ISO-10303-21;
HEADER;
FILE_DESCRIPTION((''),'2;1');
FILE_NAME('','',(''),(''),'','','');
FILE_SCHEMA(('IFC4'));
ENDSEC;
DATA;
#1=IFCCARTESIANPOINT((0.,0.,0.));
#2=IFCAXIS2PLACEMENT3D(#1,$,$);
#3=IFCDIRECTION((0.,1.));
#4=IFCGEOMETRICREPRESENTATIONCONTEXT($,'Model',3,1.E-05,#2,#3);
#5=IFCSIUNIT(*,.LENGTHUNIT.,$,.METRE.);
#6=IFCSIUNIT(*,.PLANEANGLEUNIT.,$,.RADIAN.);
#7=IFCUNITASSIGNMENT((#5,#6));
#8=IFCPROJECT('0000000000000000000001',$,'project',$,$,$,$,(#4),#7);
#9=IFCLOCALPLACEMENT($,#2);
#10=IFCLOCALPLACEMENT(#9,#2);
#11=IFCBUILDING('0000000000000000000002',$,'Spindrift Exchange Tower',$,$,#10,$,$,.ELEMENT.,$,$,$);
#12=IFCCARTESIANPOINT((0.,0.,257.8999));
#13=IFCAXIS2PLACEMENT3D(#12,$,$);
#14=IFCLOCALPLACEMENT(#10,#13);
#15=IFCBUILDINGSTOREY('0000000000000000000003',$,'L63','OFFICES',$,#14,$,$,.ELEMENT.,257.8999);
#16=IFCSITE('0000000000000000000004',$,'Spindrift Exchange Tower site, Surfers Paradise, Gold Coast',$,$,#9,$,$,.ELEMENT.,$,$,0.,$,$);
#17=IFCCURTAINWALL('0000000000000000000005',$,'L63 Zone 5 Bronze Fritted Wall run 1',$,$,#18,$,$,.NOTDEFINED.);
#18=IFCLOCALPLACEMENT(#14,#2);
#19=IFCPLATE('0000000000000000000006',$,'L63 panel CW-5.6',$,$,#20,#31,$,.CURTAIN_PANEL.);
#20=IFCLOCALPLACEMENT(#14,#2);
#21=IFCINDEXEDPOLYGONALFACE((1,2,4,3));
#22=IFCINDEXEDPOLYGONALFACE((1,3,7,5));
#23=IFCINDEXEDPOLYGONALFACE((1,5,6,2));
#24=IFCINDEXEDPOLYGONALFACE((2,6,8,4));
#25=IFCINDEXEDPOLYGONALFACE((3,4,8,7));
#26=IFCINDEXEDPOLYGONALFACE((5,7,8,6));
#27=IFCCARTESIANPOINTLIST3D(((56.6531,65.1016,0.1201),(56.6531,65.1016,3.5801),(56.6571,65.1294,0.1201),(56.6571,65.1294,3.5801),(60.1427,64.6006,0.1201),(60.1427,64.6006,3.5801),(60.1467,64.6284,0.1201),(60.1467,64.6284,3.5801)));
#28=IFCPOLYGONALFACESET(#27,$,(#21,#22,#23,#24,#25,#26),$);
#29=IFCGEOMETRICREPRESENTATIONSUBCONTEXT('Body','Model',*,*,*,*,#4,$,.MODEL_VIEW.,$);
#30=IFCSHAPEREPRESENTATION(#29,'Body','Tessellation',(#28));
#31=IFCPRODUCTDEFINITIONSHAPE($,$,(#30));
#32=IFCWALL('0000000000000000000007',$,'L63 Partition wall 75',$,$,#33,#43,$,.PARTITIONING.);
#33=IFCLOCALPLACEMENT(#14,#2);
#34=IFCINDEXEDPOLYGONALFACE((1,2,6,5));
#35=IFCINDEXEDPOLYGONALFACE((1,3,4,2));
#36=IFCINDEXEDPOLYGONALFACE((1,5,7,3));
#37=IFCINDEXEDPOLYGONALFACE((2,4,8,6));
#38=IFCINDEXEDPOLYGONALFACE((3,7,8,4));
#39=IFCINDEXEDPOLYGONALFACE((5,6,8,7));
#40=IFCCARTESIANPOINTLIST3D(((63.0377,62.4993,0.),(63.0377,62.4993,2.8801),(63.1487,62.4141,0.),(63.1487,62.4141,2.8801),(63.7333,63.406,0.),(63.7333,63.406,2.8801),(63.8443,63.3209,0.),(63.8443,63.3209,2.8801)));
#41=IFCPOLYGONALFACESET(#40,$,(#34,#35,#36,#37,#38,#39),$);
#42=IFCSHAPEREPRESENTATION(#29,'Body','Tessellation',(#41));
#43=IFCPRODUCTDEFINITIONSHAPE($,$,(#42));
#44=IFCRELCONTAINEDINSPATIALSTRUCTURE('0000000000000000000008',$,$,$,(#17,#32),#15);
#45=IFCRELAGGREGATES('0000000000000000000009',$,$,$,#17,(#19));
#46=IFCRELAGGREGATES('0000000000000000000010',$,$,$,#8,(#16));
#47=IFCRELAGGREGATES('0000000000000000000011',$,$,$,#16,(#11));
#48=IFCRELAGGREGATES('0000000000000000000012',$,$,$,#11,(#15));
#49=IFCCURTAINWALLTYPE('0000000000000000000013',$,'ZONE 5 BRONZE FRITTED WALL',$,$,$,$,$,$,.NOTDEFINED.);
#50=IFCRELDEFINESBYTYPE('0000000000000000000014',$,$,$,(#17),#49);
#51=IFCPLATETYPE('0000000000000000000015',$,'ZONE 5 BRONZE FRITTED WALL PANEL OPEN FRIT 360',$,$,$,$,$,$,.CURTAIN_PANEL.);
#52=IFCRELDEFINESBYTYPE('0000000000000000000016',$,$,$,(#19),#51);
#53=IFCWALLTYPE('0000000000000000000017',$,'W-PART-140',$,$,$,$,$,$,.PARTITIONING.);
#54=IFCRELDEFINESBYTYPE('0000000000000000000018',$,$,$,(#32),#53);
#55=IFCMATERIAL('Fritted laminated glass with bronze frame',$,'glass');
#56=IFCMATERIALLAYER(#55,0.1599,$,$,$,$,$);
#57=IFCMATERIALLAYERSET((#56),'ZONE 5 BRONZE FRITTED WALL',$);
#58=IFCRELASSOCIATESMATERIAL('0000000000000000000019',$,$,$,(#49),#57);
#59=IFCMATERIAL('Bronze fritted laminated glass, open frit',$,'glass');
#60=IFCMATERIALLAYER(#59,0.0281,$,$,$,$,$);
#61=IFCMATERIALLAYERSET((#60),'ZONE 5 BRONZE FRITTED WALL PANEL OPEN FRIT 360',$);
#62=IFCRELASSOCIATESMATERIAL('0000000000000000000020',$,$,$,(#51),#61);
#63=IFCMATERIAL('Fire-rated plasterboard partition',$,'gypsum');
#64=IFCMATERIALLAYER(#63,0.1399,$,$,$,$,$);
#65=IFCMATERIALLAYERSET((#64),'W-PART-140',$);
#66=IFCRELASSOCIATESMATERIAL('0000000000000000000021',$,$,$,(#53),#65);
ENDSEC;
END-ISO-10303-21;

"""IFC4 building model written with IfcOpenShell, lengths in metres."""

from ifc_helpers import new_model, si_unit, direction, frame, frame_2d, origin, origin_2d, place, context, subcontext, project, spatial, rectangle, extrude, source, transform, mapped, material, layer, layer_set, type_object, element, aggregate, save


model = new_model("IFC4")

# Units and contexts
model_context = context("Model", 3, precision=1e-05, world=origin(), true_north=direction((0.0, 1.0)))
body_context = subcontext(model_context, "Body", "Model", "MODEL_VIEW")
ifc_project = project(units=[si_unit("LENGTHUNIT", "METRE"), si_unit("PLANEANGLEUNIT", "RADIAN")], contexts=[model_context])

# Site, building, storey
site_placement = place(None, origin())
site = spatial("IfcSite", under=ifc_project, at=site_placement, Name="Spindrift Exchange Tower site, Surfers Paradise, Gold Coast", CompositionType="ELEMENT", RefElevation=0.0)
building_placement = place(site_placement, origin())
building = spatial("IfcBuilding", under=site, at=building_placement, Name="Spindrift Exchange Tower", CompositionType="ELEMENT")
storey_placement = place(building_placement, frame((0.0, 0.0, 257.8999)))
storey = spatial("IfcBuildingStorey", under=building, at=storey_placement, Name="L63", Description="OFFICES", CompositionType="ELEMENT", Elevation=257.8999)

# Curtain wall
ifc_material_1 = material(Name="Fritted laminated glass with bronze frame", Category="glass")
ifc_layer_1 = layer(ifc_material_1, 0.1599)
ifc_layer_set_1 = layer_set([ifc_layer_1], Name="ZONE 5 BRONZE FRITTED WALL")
curtain_wall_type = type_object("IfcCurtainWallType", Name="ZONE 5 BRONZE FRITTED WALL", PredefinedType="NOTDEFINED", material=ifc_layer_set_1)
curtain_wall_1_placement = place(storey_placement, origin())
curtain_wall_1 = element("IfcCurtainWall", 1, at=curtain_wall_1_placement, inside=storey, type_object=curtain_wall_type, Name="L63 Zone 5 Bronze Fritted Wall run 1", PredefinedType="NOTDEFINED")

# Plate
ifc_material_2 = material(Name="Bronze fritted laminated glass, open frit", Category="glass")
ifc_layer_2 = layer(ifc_material_2, 0.0281)
ifc_layer_set_2 = layer_set([ifc_layer_2], Name="ZONE 5 BRONZE FRITTED WALL PANEL OPEN FRIT 360")
plate_type_1 = type_object("IfcPlateType", Name="ZONE 5 BRONZE FRITTED WALL PANEL OPEN FRIT 360", PredefinedType="CURTAIN_PANEL", material=ifc_layer_set_2)
shared_shape_1 = source(origin(), body_context, "Body", "SweptSolid", [
    extrude(rectangle(XDim=3.5254, YDim=0.0281, at=origin_2d()), origin(), (0.0, 0.0, 1.0), 3.46),
])
plate_1_placement = place(storey_placement, frame((58.3999, 64.865, 0.1201), z_axis=(0.0, 0.0, 1.0), x_axis=(-0.989852, 0.1421, 0.0)))
plate_1 = element("IfcPlate", 2, at=plate_1_placement, type_object=plate_type_1, Name="L63 panel CW-5.6", PredefinedType="CURTAIN_PANEL", context=body_context, shape_type="MappedRepresentation", body=[
    mapped(shared_shape_1, transform((0.0, 0.0, 0.0), scale=1.0)),
])
aggregate(curtain_wall_1, [plate_1])

# Wall
ifc_material_3 = material(Name="Fire-rated plasterboard partition", Category="gypsum")
ifc_layer_3 = layer(ifc_material_3, 0.1399)
ifc_layer_set_3 = layer_set([ifc_layer_3], Name="W-PART-140")
wall_type = type_object("IfcWallType", Name="W-PART-140", PredefinedType="PARTITIONING", material=ifc_layer_set_3)
wall_placement = place(storey_placement, frame((63.0933, 62.4568, 0.0), z_axis=(0.0, 0.0, 1.0), x_axis=(0.608647, 0.793441, 0.0)))
element("IfcWall", 3, at=wall_placement, inside=storey, type_object=wall_type, Name="L63 Partition wall 75", PredefinedType="PARTITIONING", context=body_context, shape_type="SweptSolid", body=[
    extrude(rectangle(XDim=1.1428, YDim=0.1399, at=frame_2d((0.5713, 0.0))), origin(), (0.0, 0.0, 1.0), 2.8801),
])

save(model, "model.ifc")
